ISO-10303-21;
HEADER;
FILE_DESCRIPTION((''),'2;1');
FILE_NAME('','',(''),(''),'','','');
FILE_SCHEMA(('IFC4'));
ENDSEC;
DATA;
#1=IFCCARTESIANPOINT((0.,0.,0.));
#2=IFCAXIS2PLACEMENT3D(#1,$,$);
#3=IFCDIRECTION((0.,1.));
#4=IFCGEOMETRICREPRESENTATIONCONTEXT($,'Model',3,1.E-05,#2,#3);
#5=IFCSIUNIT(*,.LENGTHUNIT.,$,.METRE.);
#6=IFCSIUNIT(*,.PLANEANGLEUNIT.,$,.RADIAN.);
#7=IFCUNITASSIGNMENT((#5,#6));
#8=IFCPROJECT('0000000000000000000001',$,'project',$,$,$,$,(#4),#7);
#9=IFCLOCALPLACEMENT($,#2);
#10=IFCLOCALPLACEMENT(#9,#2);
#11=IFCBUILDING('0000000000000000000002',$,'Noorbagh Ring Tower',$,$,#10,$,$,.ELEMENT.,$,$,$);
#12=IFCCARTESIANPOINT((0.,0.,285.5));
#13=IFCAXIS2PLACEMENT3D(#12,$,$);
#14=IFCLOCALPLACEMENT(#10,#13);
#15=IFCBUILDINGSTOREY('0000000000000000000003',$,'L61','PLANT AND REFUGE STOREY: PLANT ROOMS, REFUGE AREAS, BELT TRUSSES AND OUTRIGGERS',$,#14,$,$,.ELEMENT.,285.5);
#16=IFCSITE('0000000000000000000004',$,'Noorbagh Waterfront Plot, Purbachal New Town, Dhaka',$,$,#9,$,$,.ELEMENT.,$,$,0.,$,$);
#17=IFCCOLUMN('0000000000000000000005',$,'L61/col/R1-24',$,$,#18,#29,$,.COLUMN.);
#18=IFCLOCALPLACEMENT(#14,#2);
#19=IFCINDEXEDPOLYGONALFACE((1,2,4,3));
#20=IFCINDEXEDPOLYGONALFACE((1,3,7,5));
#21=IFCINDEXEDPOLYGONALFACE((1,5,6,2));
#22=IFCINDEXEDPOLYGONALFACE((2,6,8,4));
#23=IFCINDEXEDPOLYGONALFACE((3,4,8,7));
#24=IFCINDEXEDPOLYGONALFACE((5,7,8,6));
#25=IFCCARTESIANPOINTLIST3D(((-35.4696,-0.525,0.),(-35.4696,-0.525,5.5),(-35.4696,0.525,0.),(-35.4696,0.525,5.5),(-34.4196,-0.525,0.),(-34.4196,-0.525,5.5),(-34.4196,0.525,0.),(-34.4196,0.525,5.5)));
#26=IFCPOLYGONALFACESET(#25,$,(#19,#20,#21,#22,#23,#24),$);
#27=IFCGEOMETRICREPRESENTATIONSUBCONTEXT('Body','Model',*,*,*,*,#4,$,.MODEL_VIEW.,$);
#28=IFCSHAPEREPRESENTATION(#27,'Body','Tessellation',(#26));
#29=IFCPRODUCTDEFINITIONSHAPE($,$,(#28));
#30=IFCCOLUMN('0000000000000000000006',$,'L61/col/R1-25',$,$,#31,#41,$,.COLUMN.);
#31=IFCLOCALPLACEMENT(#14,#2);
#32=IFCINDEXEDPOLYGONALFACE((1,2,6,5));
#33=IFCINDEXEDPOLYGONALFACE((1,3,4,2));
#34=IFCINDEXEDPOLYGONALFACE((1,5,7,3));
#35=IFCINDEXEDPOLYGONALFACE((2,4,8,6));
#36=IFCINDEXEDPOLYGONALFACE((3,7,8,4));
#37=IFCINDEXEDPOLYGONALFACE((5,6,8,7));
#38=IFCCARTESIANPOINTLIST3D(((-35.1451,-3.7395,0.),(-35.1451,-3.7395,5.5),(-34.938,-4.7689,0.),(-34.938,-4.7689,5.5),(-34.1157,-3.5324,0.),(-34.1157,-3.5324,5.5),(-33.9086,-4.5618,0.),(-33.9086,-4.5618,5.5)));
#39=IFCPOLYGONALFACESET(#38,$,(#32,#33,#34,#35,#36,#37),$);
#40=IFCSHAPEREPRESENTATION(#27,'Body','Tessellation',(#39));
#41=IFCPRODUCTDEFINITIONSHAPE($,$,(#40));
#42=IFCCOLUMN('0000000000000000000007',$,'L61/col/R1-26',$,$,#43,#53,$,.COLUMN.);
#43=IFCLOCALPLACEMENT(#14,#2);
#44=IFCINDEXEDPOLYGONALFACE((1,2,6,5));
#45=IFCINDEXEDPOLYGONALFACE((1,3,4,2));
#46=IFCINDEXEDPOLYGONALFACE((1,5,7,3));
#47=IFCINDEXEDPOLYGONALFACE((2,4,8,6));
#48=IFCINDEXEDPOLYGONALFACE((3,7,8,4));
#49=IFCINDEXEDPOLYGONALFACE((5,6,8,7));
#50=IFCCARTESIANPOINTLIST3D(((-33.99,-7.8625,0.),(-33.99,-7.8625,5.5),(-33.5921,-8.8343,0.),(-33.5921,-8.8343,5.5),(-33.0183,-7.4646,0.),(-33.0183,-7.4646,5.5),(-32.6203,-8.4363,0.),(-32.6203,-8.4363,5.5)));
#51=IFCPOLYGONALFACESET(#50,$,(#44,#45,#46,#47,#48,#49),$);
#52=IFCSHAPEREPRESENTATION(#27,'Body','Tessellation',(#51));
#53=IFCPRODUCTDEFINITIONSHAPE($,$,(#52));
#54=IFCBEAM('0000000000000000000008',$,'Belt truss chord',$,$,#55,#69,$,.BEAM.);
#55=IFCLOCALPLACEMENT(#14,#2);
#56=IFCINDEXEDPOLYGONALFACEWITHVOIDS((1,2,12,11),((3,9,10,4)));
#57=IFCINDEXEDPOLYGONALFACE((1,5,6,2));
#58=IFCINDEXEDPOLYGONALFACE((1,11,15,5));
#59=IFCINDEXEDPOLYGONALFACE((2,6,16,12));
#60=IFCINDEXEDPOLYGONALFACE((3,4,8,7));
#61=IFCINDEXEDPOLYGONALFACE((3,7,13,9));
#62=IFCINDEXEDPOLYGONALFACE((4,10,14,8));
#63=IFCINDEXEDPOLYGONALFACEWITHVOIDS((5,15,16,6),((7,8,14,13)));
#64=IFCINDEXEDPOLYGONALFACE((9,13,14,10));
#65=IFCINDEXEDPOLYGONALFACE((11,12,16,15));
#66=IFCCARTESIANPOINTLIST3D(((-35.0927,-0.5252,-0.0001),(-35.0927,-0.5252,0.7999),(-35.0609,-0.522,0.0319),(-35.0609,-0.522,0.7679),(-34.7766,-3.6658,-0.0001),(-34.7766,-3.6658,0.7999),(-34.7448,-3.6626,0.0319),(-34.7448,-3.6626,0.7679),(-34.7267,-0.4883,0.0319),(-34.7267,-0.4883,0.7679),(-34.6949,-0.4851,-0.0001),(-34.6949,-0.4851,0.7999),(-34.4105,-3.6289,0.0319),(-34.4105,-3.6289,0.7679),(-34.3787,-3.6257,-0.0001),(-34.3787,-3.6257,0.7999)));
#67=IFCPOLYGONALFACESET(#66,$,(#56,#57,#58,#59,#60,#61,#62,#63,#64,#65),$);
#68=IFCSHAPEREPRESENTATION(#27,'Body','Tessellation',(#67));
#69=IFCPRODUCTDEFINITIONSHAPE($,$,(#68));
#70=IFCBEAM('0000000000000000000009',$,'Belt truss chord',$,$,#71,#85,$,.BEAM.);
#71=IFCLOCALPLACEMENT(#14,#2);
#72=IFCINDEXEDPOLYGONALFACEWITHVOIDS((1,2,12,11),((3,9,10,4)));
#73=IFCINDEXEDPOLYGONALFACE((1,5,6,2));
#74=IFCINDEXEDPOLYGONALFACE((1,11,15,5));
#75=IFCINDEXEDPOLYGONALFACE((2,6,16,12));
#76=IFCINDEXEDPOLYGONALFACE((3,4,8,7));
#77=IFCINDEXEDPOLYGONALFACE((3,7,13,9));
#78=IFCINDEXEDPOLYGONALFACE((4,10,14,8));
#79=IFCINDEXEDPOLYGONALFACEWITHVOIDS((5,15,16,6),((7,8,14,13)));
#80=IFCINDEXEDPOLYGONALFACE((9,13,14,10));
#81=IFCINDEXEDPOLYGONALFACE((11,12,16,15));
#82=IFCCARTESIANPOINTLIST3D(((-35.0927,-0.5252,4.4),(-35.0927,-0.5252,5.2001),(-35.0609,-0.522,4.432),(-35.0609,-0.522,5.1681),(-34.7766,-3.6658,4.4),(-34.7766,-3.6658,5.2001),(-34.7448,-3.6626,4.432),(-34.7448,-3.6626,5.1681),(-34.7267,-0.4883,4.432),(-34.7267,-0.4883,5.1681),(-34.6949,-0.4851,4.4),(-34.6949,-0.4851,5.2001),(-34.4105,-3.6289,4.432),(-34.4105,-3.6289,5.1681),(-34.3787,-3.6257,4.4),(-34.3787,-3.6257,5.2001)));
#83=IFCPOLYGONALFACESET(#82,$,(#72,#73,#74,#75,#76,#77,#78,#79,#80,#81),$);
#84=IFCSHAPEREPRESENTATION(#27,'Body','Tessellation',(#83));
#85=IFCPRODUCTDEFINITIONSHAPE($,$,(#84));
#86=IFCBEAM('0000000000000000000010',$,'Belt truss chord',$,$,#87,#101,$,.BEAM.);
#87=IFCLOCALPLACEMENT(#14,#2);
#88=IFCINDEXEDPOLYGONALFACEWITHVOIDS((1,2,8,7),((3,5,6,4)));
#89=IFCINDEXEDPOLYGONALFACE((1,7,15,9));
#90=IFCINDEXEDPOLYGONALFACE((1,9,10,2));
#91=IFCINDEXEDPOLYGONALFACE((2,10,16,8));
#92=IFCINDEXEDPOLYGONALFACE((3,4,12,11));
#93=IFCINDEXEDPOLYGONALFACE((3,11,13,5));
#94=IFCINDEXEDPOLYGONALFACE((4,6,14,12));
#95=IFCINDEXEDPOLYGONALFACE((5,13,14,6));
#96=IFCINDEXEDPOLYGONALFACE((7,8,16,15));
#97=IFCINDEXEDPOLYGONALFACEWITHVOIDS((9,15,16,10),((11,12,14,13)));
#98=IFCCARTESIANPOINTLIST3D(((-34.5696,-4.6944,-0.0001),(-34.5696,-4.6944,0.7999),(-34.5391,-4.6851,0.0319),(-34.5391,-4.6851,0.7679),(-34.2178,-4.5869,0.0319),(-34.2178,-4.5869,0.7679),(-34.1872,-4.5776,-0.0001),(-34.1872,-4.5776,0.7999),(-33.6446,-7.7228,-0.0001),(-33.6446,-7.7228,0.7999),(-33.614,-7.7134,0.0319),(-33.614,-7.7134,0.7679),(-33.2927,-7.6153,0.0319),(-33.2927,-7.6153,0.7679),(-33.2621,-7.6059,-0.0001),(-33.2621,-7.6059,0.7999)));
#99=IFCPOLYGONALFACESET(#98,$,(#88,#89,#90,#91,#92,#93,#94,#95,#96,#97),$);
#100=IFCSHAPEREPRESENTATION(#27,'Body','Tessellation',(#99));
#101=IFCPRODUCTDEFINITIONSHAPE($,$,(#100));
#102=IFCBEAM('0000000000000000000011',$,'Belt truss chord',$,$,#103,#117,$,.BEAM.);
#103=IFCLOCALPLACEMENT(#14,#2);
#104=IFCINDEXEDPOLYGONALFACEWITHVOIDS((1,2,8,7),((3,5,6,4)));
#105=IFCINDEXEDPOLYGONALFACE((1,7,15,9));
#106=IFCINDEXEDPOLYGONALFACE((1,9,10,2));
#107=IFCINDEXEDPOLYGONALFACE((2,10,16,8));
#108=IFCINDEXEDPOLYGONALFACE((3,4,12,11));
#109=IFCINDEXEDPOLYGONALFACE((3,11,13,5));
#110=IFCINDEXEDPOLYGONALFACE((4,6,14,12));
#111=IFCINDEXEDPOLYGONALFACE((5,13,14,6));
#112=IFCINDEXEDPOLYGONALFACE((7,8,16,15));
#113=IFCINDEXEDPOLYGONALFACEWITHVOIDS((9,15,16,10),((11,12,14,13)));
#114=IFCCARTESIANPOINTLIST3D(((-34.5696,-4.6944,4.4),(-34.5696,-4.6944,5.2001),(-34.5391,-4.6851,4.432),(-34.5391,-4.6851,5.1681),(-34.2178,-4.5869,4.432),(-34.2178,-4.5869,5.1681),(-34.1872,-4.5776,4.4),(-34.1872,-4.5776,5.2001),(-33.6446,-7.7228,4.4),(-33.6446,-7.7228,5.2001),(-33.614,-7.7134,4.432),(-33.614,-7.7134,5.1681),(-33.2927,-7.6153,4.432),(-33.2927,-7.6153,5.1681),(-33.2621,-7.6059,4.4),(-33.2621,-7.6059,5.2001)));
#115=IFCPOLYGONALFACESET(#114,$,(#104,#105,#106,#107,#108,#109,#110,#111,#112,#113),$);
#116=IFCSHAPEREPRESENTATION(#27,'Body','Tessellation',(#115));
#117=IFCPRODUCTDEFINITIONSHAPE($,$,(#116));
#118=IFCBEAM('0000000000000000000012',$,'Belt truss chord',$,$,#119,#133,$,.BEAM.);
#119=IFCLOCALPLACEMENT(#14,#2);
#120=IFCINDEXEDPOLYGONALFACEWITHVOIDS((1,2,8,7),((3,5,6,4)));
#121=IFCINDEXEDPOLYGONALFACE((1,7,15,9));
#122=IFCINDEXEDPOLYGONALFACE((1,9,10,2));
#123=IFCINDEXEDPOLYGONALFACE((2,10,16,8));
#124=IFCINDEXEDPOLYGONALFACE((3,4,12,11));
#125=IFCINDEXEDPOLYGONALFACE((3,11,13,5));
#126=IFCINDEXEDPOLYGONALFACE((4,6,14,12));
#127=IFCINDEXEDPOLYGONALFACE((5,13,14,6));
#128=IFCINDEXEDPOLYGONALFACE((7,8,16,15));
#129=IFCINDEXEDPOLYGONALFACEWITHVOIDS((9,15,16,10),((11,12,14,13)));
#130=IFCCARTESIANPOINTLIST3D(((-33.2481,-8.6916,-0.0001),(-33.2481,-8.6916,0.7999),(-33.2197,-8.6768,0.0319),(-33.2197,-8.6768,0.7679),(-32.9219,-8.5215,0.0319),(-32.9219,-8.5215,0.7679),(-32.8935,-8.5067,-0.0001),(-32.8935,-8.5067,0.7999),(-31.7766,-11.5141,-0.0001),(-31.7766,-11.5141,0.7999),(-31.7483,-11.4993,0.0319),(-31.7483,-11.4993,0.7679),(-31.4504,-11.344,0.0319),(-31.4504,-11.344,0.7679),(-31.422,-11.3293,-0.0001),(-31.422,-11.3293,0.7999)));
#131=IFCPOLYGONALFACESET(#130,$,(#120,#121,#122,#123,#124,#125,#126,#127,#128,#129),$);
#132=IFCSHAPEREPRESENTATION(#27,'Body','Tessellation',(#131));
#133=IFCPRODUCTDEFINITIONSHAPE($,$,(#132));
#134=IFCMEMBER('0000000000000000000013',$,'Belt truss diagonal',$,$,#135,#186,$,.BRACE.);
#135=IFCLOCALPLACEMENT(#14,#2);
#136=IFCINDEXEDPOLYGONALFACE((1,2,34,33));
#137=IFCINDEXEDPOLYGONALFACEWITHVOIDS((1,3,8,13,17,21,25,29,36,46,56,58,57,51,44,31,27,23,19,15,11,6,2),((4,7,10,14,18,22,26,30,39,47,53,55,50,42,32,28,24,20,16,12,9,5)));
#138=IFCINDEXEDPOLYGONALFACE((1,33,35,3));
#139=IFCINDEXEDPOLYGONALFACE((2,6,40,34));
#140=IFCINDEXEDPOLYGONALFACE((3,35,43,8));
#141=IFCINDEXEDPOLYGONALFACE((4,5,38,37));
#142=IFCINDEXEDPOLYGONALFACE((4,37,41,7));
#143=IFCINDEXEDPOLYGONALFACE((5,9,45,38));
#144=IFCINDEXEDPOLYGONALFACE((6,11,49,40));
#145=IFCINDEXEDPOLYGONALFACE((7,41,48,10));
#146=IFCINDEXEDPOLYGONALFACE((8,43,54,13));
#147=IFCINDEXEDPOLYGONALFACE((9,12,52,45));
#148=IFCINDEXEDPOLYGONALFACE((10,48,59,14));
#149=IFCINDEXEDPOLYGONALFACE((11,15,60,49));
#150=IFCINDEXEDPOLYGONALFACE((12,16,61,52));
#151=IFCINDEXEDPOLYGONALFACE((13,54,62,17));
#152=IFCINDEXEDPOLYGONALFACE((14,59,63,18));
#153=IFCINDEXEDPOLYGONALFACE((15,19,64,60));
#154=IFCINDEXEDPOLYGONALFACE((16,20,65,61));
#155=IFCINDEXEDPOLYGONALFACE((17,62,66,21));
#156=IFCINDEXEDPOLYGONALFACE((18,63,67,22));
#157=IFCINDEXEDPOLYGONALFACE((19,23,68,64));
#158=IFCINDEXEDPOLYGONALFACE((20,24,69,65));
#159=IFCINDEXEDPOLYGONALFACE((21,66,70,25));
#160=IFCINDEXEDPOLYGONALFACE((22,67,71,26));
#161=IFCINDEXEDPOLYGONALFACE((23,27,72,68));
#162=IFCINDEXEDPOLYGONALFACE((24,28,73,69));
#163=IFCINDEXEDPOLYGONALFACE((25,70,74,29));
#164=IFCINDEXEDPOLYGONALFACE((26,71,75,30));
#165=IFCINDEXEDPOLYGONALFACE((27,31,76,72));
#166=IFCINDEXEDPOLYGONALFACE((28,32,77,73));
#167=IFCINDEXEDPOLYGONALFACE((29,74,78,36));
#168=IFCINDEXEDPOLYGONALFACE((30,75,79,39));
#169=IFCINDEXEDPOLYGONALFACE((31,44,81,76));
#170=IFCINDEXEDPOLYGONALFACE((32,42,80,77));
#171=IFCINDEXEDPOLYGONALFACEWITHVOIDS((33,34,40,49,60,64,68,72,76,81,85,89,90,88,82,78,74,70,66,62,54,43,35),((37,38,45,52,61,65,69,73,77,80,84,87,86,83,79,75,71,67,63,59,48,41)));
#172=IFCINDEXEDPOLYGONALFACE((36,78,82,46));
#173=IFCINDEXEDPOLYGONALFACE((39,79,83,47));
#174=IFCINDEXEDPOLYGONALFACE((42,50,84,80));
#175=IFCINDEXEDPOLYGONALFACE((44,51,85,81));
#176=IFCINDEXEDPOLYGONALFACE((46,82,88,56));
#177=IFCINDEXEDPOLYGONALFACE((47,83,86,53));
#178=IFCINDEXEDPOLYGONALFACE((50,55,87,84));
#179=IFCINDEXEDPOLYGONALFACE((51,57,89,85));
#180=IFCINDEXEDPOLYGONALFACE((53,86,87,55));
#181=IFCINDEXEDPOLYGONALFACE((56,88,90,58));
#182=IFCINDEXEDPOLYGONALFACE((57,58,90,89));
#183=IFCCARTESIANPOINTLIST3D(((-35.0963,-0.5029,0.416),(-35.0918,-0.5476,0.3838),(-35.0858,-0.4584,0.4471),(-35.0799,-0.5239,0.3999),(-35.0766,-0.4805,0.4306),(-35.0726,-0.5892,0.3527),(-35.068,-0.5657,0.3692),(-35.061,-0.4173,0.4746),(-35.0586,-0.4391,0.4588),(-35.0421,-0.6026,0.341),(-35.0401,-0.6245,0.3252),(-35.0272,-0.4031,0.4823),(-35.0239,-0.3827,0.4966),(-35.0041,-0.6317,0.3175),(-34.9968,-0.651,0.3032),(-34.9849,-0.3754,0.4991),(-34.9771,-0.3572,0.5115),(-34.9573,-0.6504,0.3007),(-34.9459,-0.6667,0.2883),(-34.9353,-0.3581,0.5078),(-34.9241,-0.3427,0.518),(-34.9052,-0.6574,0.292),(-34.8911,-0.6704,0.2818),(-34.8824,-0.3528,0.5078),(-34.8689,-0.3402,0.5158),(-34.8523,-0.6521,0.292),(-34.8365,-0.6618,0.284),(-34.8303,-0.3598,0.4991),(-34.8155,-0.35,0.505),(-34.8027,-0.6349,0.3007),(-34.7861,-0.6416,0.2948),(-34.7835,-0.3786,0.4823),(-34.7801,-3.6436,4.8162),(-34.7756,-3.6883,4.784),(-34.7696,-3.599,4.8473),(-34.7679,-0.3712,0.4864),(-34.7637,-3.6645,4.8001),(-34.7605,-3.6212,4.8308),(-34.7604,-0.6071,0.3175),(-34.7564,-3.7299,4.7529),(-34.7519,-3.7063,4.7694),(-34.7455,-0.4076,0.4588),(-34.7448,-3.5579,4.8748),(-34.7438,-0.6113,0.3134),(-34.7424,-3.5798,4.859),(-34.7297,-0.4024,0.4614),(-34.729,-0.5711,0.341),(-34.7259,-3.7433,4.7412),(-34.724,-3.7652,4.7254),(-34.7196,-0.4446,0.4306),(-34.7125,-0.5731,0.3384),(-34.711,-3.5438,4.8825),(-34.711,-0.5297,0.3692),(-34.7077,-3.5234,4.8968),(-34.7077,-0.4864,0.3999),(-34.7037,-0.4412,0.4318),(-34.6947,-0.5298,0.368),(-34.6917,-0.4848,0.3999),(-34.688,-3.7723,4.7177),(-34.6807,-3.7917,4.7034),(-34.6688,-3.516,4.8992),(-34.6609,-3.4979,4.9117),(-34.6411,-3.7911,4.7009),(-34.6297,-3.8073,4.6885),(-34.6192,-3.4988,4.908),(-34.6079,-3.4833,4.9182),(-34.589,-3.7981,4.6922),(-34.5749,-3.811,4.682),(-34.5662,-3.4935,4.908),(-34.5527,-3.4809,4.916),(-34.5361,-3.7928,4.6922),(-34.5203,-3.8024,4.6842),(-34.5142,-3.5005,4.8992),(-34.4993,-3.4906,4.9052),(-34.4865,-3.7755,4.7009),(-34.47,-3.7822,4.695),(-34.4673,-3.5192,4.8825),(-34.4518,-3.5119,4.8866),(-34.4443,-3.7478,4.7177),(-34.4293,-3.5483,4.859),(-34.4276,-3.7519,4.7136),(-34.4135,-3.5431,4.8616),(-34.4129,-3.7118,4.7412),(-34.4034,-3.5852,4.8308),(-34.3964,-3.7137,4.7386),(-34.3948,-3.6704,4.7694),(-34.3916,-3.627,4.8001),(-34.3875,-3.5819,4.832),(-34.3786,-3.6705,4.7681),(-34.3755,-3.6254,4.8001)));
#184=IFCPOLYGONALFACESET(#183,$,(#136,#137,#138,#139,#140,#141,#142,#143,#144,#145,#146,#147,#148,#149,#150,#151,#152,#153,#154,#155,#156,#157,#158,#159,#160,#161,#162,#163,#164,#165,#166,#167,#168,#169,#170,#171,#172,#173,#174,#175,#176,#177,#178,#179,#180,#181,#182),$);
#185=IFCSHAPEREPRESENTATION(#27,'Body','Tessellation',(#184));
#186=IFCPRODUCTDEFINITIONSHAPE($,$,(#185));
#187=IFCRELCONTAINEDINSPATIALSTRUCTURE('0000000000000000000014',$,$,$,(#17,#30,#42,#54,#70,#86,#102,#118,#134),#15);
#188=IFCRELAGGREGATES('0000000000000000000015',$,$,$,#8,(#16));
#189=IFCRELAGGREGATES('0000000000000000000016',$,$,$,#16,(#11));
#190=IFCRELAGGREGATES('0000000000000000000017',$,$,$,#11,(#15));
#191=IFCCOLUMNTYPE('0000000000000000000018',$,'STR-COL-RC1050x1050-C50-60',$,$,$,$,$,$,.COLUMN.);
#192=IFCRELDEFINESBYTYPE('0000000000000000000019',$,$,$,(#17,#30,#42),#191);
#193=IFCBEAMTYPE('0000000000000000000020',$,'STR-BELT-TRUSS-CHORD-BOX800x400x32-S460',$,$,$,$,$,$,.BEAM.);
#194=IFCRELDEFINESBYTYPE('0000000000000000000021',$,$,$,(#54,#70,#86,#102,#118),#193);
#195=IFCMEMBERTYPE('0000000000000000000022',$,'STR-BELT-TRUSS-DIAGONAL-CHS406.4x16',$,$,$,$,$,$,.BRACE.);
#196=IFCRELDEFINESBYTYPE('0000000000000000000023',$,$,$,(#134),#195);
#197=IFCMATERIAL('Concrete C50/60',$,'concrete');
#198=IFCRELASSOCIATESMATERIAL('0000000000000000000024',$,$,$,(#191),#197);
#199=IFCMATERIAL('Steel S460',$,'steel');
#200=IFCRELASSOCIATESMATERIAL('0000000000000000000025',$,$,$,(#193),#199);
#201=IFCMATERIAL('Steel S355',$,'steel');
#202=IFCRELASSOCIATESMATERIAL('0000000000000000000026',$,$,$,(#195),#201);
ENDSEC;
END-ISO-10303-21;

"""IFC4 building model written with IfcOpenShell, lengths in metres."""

from ifc_helpers import new_model, si_unit, direction, frame, origin, origin_2d, place, context, subcontext, project, spatial, rectangle, hollow_rectangle, hollow_circle, extrude, material, material_profile, profile_set, type_object, element, save


model = new_model("IFC4")

# Units and contexts
model_context = context("Model", 3, precision=1e-05, world=origin(), true_north=direction((0.0, 1.0)))
body_context = subcontext(model_context, "Body", "Model", "MODEL_VIEW")
ifc_project = project(units=[si_unit("LENGTHUNIT", "METRE"), si_unit("PLANEANGLEUNIT", "RADIAN")], contexts=[model_context])

# Site, building, storey
site_placement = place(None, origin())
site = spatial("IfcSite", under=ifc_project, at=site_placement, Name="Noorbagh Waterfront Plot, Purbachal New Town, Dhaka", CompositionType="ELEMENT", RefElevation=0.0)
building_placement = place(site_placement, origin())
building = spatial("IfcBuilding", under=site, at=building_placement, Name="Noorbagh Ring Tower", CompositionType="ELEMENT")
storey_placement = place(building_placement, frame((0.0, 0.0, 285.5)))
storey = spatial("IfcBuildingStorey", under=building, at=storey_placement, Name="L61", Description="PLANT AND REFUGE STOREY: PLANT ROOMS, REFUGE AREAS, BELT TRUSSES AND OUTRIGGERS", CompositionType="ELEMENT", Elevation=285.5)

# Columns
ifc_material_1 = material(Name="Concrete C50/60", Category="concrete")
ifc_material_profile_1 = material_profile(ifc_material_1, rectangle(XDim=1.05, YDim=1.05, at=origin_2d()), Name="RC1050x1050")
ifc_profile_set_1 = profile_set([ifc_material_profile_1], Name="Concrete C50/60")
column_type = type_object("IfcColumnType", Name="STR-COL-RC1050x1050-C50-60", PredefinedType="COLUMN", material=ifc_profile_set_1)
for number, where, z_axis, x_axis, name in (
    (1, (-34.9446, 0.0, 0.0), (0.0, 0.0, 1.0), (0.0, -1.0, 0.0), "L61/col/R1-24"),
    (2, (-34.5269, -4.1506, 0.0), (0.0, 0.0, 1.0), (0.19723, -0.980357, 0.0), "L61/col/R1-25"),
    (3, (-33.3052, -8.1494, 0.0), (0.0, 0.0, 1.0), (0.378989, -0.925401, 0.0), "L61/col/R1-26"),
):
    element("IfcColumn", number, at=place(storey_placement, frame(where, z_axis=z_axis, x_axis=x_axis)), inside=storey, type_object=column_type, Name=name, PredefinedType="COLUMN", context=body_context, shape_type="SweptSolid", body=[
        extrude(rectangle(XDim=1.05, YDim=1.05, at=origin_2d()), origin(), (0.0, 0.0, 1.0), 5.5),
    ])

# Beams
ifc_material_2 = material(Name="Steel S460", Category="steel")
ifc_material_profile_2 = material_profile(ifc_material_2, hollow_rectangle(XDim=0.3999, YDim=0.8, WallThickness=0.032, at=origin_2d()), Name="BOX800x400x32")
ifc_profile_set_2 = profile_set([ifc_material_profile_2], Name="Steel S460")
beam_type_1 = type_object("IfcBeamType", Name="STR-BELT-TRUSS-CHORD-BOX800x400x32-S460", PredefinedType="BEAM", material=ifc_profile_set_2)
for number, where, z_axis, x_axis, name in (
    (4, (-34.8938, -0.5051, 0.3999), (0.100162, -0.994971, 0.0), (0.994971, 0.100162, 0.0), "Belt truss chord"),
    (5, (-34.8938, -0.5051, 4.8), (0.100162, -0.994971, 0.0), (0.994971, 0.100162, 0.0), "Belt truss chord"),
):
    element("IfcBeam", number, at=place(storey_placement, frame(where, z_axis=z_axis, x_axis=x_axis)), inside=storey, type_object=beam_type_1, Name=name, PredefinedType="BEAM", context=body_context, shape_type="SweptSolid", body=[
        extrude(hollow_rectangle(XDim=0.3999, YDim=0.8, WallThickness=0.032, at=origin_2d()), origin(), (0.0, 0.0, 1.0), 3.1565),
    ])
for number, where, z_axis, x_axis, name in (
    (6, (-34.3784, -4.636, 0.3999), (0.29214, -0.956376, 0.0), (0.956376, 0.29214, 0.0), "Belt truss chord"),
    (7, (-34.3784, -4.636, 4.8), (0.29214, -0.956376, 0.0), (0.956376, 0.29214, 0.0), "Belt truss chord"),
):
    element("IfcBeam", number, at=place(storey_placement, frame(where, z_axis=z_axis, x_axis=x_axis)), inside=storey, type_object=beam_type_1, Name=name, PredefinedType="BEAM", context=body_context, shape_type="SweptSolid", body=[
        extrude(hollow_rectangle(XDim=0.3999, YDim=0.8, WallThickness=0.032, at=origin_2d()), origin(), (0.0, 0.0, 1.0), 3.1665),
    ])
beam_placement = place(storey_placement, frame((-33.0708, -8.5991, 0.3999), z_axis=(0.462275, -0.886737, 0.0), x_axis=(0.886737, 0.462275, 0.0)))
element("IfcBeam", 8, at=beam_placement, inside=storey, type_object=beam_type_1, Name="Belt truss chord", PredefinedType="BEAM", context=body_context, shape_type="SweptSolid", body=[
    extrude(hollow_rectangle(XDim=0.3999, YDim=0.8, WallThickness=0.032, at=origin_2d()), origin(), (0.0, 0.0, 1.0), 3.1831),
])

# Member
ifc_material_3 = material(Name="Steel S355", Category="steel")
ifc_material_profile_3 = material_profile(ifc_material_3, hollow_circle(Radius=0.2031, WallThickness=0.0161, at=origin_2d()), Name="CHS406.4x16")
ifc_profile_set_3 = profile_set([ifc_material_profile_3], Name="Steel S355")
member_type_1 = type_object("IfcMemberType", Name="STR-BELT-TRUSS-DIAGONAL-CHS406.4x16", PredefinedType="BRACE", material=ifc_profile_set_3)
member_1_placement = place(storey_placement, frame((-34.8938, -0.5051, 0.3999), z_axis=(0.058384, -0.579961, 0.812549), x_axis=(0.994971, 0.100162, 0.0)))
element("IfcMember", 9, at=member_1_placement, inside=storey, type_object=member_type_1, Name="Belt truss diagonal", PredefinedType="BRACE", context=body_context, shape_type="SweptSolid", body=[
    extrude(hollow_circle(Radius=0.2031, WallThickness=0.0161, at=origin_2d()), origin(), (0.0, 0.0, 1.0), 5.4153),
])

save(model, "model.ifc")
